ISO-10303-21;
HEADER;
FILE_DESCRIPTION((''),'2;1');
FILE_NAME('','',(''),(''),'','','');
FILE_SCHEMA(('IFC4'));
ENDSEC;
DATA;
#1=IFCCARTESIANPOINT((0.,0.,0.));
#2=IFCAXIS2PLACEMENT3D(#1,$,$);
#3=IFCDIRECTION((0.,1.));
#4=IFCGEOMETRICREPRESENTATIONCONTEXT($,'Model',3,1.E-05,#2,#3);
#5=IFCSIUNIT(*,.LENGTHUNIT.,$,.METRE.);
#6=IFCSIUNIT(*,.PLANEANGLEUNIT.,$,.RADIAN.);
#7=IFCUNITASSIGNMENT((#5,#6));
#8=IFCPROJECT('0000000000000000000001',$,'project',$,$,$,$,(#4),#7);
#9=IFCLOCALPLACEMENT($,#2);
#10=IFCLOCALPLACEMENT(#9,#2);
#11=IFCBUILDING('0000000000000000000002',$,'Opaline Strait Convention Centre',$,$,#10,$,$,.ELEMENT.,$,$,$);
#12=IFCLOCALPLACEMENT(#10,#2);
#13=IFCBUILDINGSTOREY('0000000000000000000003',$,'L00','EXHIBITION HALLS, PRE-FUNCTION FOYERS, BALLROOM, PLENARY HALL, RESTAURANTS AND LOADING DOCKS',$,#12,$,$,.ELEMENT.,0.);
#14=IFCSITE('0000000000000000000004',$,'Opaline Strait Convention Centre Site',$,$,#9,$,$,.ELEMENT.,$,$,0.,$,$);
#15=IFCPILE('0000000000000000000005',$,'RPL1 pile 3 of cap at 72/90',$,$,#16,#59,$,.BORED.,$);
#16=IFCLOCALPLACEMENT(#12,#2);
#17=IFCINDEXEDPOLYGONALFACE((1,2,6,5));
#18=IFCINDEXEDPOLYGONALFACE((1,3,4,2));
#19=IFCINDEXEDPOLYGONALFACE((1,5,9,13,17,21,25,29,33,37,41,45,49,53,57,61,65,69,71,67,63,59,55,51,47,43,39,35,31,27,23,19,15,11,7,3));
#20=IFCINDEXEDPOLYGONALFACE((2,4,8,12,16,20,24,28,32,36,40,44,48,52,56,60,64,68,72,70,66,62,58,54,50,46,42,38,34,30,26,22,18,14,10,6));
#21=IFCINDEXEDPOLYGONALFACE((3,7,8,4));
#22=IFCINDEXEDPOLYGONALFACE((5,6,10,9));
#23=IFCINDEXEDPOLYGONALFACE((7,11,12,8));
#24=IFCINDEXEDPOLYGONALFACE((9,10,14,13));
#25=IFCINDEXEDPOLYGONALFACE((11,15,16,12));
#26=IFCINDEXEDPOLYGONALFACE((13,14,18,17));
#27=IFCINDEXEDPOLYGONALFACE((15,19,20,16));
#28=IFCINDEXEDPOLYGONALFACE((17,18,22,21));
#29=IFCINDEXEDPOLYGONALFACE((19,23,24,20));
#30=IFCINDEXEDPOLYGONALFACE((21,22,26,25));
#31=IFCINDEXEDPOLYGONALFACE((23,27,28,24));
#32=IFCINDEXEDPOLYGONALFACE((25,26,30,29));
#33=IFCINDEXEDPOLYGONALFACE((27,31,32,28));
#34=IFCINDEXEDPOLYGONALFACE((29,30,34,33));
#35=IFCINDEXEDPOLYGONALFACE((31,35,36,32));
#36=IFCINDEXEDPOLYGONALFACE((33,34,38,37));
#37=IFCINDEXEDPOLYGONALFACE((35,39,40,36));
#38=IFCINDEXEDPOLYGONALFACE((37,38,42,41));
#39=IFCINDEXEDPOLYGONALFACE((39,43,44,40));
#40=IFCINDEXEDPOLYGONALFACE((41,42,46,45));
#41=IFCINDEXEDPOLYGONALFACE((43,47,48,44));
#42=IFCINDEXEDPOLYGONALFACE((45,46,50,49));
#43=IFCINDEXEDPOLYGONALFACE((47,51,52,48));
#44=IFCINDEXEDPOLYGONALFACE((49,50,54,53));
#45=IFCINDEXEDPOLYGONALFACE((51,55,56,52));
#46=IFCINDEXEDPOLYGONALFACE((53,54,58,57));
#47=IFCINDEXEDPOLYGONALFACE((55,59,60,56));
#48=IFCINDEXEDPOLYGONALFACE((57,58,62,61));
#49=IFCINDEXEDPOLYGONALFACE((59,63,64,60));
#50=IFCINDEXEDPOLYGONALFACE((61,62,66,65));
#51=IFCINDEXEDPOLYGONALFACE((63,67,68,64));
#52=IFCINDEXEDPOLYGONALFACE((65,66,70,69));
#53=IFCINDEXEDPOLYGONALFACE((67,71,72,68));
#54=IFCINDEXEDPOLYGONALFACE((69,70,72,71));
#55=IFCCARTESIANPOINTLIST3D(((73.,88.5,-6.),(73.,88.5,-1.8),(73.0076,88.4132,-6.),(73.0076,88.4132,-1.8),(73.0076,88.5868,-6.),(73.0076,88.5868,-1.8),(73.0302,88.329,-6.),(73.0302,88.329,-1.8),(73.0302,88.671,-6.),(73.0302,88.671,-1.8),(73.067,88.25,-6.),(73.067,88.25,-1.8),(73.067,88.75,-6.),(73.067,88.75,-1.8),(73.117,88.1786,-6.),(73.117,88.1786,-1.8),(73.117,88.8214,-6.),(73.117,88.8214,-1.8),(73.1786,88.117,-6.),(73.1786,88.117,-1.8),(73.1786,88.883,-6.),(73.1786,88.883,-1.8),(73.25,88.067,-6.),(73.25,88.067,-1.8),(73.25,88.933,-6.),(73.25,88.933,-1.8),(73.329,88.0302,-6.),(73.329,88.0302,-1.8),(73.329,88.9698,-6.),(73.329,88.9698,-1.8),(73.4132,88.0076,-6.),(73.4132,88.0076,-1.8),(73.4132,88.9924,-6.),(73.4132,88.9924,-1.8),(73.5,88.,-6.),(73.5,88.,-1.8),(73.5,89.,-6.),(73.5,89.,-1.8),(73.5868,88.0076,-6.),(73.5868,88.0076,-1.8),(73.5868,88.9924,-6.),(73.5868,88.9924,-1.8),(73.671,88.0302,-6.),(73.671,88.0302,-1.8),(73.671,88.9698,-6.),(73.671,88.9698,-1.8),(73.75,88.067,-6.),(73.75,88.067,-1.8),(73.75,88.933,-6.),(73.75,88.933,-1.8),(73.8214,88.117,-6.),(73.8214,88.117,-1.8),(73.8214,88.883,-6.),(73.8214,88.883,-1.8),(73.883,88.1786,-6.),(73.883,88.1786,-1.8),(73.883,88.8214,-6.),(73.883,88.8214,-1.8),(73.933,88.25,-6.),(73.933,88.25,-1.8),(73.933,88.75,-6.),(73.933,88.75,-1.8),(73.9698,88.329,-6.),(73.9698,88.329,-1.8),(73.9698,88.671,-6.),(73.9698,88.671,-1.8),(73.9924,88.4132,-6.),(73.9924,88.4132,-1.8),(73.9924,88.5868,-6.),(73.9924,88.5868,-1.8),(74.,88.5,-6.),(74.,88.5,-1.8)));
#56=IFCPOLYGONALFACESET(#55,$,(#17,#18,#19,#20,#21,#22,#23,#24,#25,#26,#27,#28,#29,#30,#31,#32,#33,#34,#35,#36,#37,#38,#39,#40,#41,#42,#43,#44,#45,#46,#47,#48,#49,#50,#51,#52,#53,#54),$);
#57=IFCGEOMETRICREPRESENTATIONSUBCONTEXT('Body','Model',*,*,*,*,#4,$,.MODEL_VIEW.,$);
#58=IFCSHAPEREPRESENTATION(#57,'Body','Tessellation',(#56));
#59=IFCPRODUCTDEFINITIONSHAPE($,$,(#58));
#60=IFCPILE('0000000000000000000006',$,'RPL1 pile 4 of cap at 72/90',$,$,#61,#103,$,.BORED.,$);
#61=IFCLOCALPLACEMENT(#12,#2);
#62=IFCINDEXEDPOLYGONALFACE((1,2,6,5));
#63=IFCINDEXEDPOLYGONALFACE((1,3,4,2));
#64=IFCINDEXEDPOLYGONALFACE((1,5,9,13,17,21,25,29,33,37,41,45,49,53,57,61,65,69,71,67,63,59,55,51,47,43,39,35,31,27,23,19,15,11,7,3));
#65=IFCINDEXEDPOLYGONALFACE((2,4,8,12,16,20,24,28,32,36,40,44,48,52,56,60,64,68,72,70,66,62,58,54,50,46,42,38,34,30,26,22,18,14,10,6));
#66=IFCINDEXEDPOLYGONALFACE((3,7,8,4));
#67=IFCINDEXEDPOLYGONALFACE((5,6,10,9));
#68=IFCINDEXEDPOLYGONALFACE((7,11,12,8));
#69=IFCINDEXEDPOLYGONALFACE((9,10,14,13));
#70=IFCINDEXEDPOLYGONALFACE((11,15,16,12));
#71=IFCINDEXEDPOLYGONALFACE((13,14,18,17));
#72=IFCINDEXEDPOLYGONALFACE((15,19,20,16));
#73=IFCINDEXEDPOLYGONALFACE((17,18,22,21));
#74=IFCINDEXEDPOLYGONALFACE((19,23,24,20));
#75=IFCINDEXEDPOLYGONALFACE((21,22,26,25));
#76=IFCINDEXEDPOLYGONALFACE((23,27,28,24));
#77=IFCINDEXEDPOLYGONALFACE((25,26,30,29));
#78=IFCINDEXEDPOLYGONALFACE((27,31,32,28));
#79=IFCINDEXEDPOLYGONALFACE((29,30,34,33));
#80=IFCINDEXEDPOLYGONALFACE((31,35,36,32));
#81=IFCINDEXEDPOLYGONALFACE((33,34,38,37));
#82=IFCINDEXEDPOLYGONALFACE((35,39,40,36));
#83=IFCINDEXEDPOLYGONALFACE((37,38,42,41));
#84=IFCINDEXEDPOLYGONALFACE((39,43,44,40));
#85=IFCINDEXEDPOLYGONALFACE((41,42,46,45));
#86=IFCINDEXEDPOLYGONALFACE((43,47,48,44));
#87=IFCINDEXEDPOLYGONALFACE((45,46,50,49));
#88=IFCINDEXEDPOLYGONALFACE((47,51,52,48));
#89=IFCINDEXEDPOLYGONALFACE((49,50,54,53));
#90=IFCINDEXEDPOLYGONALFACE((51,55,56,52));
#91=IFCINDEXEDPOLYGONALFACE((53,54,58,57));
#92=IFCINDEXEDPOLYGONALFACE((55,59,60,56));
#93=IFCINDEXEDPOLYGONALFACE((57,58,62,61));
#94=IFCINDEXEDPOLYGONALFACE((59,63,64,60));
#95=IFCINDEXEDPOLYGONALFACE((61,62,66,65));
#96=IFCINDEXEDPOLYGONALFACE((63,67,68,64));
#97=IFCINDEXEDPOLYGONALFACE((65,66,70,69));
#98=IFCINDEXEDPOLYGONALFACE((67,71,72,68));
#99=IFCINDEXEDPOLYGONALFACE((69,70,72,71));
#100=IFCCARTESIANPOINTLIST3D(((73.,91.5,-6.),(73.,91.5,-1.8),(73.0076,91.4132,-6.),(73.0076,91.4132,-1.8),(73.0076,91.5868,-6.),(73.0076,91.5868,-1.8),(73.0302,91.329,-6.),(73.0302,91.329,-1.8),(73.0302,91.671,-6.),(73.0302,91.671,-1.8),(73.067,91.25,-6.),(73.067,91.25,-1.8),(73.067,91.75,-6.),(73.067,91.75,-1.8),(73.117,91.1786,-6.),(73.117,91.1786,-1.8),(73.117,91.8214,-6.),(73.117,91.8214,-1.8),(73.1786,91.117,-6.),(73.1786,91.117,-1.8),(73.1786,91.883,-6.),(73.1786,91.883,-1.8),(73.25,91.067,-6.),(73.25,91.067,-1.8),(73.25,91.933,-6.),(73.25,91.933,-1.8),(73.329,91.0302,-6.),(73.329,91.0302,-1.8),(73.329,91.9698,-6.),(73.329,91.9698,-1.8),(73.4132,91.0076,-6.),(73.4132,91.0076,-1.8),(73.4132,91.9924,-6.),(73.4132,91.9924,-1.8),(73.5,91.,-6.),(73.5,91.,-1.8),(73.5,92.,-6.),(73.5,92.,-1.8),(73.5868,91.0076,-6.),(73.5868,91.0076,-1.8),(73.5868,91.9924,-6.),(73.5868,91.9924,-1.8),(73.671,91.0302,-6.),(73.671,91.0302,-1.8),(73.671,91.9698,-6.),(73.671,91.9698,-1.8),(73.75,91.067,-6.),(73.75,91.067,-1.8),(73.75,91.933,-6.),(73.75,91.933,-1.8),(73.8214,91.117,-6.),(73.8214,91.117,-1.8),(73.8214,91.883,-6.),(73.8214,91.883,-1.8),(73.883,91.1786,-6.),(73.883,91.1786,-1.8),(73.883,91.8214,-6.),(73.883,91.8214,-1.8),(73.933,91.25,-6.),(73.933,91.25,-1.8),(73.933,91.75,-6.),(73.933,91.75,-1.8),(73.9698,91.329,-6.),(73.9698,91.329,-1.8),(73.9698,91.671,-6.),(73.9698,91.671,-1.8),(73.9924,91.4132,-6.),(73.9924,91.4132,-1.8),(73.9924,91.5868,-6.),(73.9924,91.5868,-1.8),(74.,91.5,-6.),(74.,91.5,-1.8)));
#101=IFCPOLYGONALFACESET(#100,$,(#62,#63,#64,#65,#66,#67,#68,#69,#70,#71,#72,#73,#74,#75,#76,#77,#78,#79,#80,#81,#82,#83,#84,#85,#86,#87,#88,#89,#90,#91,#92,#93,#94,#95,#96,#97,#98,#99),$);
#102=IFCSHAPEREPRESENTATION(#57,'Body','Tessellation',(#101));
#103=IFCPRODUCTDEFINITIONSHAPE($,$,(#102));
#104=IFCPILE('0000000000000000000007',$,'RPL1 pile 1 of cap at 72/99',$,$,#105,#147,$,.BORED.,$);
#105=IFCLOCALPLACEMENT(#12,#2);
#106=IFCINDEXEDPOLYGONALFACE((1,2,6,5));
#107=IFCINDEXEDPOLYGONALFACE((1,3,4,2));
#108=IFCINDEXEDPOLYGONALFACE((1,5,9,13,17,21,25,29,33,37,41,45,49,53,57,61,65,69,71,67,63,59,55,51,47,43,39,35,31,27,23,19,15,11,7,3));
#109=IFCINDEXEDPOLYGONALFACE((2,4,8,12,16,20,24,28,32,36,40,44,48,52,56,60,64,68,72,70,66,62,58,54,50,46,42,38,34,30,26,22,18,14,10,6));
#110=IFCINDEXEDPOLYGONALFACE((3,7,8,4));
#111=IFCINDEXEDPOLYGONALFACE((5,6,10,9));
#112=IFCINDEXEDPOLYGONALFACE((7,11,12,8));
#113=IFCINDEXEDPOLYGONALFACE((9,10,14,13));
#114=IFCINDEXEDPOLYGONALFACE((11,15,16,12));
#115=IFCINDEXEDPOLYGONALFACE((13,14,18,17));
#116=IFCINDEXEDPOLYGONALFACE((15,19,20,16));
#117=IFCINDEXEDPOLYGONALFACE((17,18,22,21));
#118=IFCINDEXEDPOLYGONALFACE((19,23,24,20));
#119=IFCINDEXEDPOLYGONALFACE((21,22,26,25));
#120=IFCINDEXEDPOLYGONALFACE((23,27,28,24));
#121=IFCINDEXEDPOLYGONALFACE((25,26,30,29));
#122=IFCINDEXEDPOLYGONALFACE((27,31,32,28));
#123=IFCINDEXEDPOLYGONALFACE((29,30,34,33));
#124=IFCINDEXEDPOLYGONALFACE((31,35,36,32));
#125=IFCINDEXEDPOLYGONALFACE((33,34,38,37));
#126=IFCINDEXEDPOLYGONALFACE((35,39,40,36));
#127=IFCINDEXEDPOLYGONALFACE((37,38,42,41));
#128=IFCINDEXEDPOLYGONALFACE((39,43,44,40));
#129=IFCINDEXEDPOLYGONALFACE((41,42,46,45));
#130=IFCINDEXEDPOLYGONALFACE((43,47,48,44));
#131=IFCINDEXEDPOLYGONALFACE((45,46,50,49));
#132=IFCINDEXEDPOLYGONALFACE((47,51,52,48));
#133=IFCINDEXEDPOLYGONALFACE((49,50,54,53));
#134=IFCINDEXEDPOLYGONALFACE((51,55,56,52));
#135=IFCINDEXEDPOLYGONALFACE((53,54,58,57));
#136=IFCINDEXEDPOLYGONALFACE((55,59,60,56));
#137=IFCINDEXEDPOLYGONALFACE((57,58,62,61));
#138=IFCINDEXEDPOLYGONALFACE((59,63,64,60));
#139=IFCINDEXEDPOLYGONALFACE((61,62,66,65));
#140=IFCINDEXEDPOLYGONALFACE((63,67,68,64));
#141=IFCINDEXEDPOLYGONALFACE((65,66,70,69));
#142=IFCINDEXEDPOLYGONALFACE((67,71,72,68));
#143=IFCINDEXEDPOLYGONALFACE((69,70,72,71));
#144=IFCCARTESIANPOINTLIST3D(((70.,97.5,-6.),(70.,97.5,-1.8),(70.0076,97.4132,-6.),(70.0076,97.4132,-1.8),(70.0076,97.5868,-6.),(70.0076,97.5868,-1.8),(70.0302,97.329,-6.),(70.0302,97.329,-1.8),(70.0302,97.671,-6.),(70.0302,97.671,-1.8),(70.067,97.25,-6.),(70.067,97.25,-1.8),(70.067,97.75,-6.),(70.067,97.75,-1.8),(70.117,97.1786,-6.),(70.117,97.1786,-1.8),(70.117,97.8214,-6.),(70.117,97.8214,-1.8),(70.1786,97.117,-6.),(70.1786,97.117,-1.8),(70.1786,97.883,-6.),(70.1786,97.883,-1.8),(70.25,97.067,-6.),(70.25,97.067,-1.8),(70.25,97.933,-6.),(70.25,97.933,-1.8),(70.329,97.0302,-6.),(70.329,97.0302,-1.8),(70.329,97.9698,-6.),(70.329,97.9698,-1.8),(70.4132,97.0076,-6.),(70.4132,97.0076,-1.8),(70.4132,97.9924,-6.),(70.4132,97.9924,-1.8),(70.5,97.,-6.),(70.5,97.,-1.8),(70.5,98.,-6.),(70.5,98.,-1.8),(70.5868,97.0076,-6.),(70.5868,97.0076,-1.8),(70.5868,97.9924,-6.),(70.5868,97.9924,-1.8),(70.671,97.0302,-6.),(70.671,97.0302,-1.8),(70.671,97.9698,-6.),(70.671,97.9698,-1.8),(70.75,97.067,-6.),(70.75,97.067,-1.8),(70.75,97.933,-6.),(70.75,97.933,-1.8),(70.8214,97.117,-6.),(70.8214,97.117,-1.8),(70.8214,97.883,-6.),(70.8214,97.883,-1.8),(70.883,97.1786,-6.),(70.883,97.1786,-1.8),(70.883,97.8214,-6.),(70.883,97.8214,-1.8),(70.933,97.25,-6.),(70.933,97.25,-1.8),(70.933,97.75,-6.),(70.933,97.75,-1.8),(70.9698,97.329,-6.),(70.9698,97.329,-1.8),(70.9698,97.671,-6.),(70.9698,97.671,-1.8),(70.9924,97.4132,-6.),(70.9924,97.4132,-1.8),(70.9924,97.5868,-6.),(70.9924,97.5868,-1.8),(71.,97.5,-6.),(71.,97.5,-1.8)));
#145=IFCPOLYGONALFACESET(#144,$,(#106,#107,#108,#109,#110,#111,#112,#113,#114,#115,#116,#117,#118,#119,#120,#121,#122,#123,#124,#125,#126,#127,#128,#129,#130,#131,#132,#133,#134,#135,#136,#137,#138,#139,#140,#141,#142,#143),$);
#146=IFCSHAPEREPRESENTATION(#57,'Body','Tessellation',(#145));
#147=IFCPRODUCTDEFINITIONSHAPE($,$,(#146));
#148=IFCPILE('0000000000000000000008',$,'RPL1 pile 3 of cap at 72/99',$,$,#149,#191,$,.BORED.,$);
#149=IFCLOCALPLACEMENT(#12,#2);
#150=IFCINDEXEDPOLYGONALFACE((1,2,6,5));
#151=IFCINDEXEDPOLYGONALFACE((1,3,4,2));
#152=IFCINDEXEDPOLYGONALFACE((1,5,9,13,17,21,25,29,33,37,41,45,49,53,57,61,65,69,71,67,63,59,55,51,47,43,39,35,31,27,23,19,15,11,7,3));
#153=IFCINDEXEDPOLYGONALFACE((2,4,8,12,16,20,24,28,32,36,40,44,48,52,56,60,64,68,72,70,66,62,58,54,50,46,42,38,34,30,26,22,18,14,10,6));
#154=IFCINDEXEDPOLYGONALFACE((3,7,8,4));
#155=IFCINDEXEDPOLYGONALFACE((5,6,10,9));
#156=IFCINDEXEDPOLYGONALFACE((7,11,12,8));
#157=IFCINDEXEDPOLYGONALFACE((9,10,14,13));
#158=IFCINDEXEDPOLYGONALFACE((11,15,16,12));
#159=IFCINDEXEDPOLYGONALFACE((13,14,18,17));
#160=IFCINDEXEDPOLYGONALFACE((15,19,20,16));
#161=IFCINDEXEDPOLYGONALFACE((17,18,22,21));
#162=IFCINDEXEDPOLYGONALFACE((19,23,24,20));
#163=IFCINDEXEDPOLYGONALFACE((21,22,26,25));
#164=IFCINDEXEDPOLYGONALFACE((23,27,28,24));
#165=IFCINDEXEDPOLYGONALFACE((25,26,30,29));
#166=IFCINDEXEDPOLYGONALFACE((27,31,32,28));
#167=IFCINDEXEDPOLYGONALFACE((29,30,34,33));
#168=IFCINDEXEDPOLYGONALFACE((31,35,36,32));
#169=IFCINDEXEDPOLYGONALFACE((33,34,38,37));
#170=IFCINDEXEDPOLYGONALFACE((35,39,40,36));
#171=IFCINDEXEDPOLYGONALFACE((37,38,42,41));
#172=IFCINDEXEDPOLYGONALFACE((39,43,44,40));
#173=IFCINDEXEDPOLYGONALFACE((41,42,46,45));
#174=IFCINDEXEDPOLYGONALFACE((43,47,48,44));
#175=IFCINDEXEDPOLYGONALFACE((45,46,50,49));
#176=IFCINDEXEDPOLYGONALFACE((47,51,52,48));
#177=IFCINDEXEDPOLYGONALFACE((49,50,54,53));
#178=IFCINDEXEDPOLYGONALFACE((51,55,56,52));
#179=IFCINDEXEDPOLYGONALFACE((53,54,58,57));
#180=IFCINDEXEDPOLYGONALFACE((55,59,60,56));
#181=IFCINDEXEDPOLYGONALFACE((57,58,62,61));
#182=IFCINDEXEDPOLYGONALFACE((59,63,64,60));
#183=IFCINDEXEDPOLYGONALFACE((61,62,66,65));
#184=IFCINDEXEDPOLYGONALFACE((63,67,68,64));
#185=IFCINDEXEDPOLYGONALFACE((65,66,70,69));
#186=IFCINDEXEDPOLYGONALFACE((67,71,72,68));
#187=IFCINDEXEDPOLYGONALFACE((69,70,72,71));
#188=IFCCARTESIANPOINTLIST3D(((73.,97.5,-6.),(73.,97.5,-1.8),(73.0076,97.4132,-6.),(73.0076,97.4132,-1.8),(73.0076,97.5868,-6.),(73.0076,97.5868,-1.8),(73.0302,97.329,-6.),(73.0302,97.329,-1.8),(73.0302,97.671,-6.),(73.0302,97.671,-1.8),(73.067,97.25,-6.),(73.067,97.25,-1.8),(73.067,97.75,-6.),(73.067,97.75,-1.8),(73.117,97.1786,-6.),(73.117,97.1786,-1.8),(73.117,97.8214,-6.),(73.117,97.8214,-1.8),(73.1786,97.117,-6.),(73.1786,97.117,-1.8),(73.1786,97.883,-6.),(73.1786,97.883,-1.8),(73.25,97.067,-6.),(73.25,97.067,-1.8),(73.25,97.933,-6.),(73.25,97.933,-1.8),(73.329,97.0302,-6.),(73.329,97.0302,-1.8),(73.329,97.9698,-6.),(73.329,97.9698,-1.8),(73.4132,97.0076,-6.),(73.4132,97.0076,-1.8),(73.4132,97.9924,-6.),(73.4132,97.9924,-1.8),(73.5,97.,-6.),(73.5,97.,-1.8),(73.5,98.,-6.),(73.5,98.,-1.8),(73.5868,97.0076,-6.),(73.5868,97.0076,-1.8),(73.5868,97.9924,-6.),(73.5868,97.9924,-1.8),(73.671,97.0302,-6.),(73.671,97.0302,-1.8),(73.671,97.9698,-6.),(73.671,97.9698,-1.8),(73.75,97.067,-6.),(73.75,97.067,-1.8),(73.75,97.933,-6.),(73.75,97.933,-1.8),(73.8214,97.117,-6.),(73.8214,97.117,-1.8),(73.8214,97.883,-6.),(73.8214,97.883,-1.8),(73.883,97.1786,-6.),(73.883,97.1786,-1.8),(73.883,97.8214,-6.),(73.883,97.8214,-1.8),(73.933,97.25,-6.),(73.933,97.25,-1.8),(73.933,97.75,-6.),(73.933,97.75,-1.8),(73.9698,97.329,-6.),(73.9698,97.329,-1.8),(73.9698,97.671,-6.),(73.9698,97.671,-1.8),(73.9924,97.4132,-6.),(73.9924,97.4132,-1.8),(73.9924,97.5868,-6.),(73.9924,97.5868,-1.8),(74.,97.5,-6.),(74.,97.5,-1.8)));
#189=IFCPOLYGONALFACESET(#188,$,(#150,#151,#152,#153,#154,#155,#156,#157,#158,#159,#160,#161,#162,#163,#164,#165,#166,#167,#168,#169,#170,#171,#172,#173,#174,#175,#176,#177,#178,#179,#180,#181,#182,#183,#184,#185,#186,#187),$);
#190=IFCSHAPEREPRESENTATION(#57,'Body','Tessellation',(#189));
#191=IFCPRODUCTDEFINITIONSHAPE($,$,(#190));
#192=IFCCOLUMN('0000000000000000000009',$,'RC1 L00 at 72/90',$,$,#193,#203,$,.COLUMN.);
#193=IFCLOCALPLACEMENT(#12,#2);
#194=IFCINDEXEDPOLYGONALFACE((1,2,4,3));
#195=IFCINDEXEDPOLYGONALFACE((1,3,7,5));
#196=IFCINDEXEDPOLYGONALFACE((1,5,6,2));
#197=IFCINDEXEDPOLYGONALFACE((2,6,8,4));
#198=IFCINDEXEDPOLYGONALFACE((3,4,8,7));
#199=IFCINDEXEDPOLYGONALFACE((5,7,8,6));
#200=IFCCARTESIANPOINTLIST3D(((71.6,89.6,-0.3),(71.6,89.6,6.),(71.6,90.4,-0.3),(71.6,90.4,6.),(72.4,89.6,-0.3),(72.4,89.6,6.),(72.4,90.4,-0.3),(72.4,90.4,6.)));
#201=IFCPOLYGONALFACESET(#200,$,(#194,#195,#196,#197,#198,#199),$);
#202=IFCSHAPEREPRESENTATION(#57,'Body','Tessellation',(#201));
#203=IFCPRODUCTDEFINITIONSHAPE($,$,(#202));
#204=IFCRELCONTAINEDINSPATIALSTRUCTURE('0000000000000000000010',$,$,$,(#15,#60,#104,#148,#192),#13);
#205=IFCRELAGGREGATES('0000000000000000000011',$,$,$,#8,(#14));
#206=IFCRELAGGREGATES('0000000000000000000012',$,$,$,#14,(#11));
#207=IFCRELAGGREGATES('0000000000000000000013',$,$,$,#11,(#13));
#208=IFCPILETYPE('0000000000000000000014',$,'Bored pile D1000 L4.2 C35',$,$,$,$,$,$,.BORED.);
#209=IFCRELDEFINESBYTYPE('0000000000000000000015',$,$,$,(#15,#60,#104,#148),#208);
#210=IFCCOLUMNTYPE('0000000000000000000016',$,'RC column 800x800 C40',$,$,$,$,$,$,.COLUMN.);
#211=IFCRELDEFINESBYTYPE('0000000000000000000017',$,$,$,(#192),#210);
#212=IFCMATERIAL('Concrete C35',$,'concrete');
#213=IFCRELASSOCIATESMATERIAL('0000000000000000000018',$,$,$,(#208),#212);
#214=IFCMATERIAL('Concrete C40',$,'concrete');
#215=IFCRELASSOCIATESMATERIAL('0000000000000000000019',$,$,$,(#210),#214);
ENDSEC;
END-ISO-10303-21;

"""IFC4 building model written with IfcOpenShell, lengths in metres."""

from ifc_helpers import new_model, si_unit, direction, frame, origin, origin_2d, place, context, subcontext, project, spatial, rectangle, circle, extrude, material, material_profile, profile_set, type_object, element, save


model = new_model("IFC4")

# Units and contexts
model_context = context("Model", 3, precision=1e-05, world=origin(), true_north=direction((0.0, 1.0)))
body_context = subcontext(model_context, "Body", "Model", "MODEL_VIEW")
ifc_project = project(units=[si_unit("LENGTHUNIT", "METRE"), si_unit("PLANEANGLEUNIT", "RADIAN")], contexts=[model_context])

# Site, building, storey
site_placement = place(None, origin())
site = spatial("IfcSite", under=ifc_project, at=site_placement, Name="Opaline Strait Convention Centre Site", CompositionType="ELEMENT", RefElevation=0.0)
building_placement = place(site_placement, origin())
building = spatial("IfcBuilding", under=site, at=building_placement, Name="Opaline Strait Convention Centre", CompositionType="ELEMENT")
storey_placement = place(building_placement, origin())
storey = spatial("IfcBuildingStorey", under=building, at=storey_placement, Name="L00", Description="EXHIBITION HALLS, PRE-FUNCTION FOYERS, BALLROOM, PLENARY HALL, RESTAURANTS AND LOADING DOCKS", CompositionType="ELEMENT", Elevation=0.0)

# Piles
ifc_material_1 = material(Name="Concrete C35", Category="concrete")
ifc_material_profile_1 = material_profile(ifc_material_1, circle(Radius=0.5, at=origin_2d()), Name="D1000")
ifc_profile_set_1 = profile_set([ifc_material_profile_1], Name="Concrete C35")
pile_type = type_object("IfcPileType", Name="Bored pile D1000 L4.2 C35", PredefinedType="BORED", material=ifc_profile_set_1)
for number, where, z_axis, x_axis, name in (
    (1, (73.5, 88.5, -1.8), (0.0, 0.0, -1.0), (1.0, 0.0, 0.0), "RPL1 pile 3 of cap at 72/90"),
    (2, (73.5, 91.5, -1.8), (0.0, 0.0, -1.0), (1.0, 0.0, 0.0), "RPL1 pile 4 of cap at 72/90"),
    (3, (70.5, 97.5, -1.8), (0.0, 0.0, -1.0), (1.0, 0.0, 0.0), "RPL1 pile 1 of cap at 72/99"),
    (4, (73.5, 97.5, -1.8), (0.0, 0.0, -1.0), (1.0, 0.0, 0.0), "RPL1 pile 3 of cap at 72/99"),
):
    element("IfcPile", number, at=place(storey_placement, frame(where, z_axis=z_axis, x_axis=x_axis)), inside=storey, type_object=pile_type, Name=name, PredefinedType="BORED", context=body_context, shape_type="SweptSolid", body=[
        extrude(circle(Radius=0.5, at=origin_2d()), origin(), (0.0, 0.0, 1.0), 4.2),
    ])

# Column
ifc_material_2 = material(Name="Concrete C40", Category="concrete")
ifc_material_profile_2 = material_profile(ifc_material_2, rectangle(XDim=0.8, YDim=0.8, at=origin_2d()), Name="RC 800x800")
ifc_profile_set_2 = profile_set([ifc_material_profile_2], Name="Concrete C40")
column_type = type_object("IfcColumnType", Name="RC column 800x800 C40", PredefinedType="COLUMN", material=ifc_profile_set_2)
column_placement = place(storey_placement, frame((72.0, 90.0, -0.3), z_axis=(0.0, 0.0, 1.0), x_axis=(1.0, 0.0, 0.0)))
element("IfcColumn", 5, at=column_placement, inside=storey, type_object=column_type, Name="RC1 L00 at 72/90", PredefinedType="COLUMN", context=body_context, shape_type="SweptSolid", body=[
    extrude(rectangle(XDim=0.8, YDim=0.8, at=origin_2d()), origin(), (0.0, 0.0, 1.0), 6.3),
])

save(model, "model.ifc")
